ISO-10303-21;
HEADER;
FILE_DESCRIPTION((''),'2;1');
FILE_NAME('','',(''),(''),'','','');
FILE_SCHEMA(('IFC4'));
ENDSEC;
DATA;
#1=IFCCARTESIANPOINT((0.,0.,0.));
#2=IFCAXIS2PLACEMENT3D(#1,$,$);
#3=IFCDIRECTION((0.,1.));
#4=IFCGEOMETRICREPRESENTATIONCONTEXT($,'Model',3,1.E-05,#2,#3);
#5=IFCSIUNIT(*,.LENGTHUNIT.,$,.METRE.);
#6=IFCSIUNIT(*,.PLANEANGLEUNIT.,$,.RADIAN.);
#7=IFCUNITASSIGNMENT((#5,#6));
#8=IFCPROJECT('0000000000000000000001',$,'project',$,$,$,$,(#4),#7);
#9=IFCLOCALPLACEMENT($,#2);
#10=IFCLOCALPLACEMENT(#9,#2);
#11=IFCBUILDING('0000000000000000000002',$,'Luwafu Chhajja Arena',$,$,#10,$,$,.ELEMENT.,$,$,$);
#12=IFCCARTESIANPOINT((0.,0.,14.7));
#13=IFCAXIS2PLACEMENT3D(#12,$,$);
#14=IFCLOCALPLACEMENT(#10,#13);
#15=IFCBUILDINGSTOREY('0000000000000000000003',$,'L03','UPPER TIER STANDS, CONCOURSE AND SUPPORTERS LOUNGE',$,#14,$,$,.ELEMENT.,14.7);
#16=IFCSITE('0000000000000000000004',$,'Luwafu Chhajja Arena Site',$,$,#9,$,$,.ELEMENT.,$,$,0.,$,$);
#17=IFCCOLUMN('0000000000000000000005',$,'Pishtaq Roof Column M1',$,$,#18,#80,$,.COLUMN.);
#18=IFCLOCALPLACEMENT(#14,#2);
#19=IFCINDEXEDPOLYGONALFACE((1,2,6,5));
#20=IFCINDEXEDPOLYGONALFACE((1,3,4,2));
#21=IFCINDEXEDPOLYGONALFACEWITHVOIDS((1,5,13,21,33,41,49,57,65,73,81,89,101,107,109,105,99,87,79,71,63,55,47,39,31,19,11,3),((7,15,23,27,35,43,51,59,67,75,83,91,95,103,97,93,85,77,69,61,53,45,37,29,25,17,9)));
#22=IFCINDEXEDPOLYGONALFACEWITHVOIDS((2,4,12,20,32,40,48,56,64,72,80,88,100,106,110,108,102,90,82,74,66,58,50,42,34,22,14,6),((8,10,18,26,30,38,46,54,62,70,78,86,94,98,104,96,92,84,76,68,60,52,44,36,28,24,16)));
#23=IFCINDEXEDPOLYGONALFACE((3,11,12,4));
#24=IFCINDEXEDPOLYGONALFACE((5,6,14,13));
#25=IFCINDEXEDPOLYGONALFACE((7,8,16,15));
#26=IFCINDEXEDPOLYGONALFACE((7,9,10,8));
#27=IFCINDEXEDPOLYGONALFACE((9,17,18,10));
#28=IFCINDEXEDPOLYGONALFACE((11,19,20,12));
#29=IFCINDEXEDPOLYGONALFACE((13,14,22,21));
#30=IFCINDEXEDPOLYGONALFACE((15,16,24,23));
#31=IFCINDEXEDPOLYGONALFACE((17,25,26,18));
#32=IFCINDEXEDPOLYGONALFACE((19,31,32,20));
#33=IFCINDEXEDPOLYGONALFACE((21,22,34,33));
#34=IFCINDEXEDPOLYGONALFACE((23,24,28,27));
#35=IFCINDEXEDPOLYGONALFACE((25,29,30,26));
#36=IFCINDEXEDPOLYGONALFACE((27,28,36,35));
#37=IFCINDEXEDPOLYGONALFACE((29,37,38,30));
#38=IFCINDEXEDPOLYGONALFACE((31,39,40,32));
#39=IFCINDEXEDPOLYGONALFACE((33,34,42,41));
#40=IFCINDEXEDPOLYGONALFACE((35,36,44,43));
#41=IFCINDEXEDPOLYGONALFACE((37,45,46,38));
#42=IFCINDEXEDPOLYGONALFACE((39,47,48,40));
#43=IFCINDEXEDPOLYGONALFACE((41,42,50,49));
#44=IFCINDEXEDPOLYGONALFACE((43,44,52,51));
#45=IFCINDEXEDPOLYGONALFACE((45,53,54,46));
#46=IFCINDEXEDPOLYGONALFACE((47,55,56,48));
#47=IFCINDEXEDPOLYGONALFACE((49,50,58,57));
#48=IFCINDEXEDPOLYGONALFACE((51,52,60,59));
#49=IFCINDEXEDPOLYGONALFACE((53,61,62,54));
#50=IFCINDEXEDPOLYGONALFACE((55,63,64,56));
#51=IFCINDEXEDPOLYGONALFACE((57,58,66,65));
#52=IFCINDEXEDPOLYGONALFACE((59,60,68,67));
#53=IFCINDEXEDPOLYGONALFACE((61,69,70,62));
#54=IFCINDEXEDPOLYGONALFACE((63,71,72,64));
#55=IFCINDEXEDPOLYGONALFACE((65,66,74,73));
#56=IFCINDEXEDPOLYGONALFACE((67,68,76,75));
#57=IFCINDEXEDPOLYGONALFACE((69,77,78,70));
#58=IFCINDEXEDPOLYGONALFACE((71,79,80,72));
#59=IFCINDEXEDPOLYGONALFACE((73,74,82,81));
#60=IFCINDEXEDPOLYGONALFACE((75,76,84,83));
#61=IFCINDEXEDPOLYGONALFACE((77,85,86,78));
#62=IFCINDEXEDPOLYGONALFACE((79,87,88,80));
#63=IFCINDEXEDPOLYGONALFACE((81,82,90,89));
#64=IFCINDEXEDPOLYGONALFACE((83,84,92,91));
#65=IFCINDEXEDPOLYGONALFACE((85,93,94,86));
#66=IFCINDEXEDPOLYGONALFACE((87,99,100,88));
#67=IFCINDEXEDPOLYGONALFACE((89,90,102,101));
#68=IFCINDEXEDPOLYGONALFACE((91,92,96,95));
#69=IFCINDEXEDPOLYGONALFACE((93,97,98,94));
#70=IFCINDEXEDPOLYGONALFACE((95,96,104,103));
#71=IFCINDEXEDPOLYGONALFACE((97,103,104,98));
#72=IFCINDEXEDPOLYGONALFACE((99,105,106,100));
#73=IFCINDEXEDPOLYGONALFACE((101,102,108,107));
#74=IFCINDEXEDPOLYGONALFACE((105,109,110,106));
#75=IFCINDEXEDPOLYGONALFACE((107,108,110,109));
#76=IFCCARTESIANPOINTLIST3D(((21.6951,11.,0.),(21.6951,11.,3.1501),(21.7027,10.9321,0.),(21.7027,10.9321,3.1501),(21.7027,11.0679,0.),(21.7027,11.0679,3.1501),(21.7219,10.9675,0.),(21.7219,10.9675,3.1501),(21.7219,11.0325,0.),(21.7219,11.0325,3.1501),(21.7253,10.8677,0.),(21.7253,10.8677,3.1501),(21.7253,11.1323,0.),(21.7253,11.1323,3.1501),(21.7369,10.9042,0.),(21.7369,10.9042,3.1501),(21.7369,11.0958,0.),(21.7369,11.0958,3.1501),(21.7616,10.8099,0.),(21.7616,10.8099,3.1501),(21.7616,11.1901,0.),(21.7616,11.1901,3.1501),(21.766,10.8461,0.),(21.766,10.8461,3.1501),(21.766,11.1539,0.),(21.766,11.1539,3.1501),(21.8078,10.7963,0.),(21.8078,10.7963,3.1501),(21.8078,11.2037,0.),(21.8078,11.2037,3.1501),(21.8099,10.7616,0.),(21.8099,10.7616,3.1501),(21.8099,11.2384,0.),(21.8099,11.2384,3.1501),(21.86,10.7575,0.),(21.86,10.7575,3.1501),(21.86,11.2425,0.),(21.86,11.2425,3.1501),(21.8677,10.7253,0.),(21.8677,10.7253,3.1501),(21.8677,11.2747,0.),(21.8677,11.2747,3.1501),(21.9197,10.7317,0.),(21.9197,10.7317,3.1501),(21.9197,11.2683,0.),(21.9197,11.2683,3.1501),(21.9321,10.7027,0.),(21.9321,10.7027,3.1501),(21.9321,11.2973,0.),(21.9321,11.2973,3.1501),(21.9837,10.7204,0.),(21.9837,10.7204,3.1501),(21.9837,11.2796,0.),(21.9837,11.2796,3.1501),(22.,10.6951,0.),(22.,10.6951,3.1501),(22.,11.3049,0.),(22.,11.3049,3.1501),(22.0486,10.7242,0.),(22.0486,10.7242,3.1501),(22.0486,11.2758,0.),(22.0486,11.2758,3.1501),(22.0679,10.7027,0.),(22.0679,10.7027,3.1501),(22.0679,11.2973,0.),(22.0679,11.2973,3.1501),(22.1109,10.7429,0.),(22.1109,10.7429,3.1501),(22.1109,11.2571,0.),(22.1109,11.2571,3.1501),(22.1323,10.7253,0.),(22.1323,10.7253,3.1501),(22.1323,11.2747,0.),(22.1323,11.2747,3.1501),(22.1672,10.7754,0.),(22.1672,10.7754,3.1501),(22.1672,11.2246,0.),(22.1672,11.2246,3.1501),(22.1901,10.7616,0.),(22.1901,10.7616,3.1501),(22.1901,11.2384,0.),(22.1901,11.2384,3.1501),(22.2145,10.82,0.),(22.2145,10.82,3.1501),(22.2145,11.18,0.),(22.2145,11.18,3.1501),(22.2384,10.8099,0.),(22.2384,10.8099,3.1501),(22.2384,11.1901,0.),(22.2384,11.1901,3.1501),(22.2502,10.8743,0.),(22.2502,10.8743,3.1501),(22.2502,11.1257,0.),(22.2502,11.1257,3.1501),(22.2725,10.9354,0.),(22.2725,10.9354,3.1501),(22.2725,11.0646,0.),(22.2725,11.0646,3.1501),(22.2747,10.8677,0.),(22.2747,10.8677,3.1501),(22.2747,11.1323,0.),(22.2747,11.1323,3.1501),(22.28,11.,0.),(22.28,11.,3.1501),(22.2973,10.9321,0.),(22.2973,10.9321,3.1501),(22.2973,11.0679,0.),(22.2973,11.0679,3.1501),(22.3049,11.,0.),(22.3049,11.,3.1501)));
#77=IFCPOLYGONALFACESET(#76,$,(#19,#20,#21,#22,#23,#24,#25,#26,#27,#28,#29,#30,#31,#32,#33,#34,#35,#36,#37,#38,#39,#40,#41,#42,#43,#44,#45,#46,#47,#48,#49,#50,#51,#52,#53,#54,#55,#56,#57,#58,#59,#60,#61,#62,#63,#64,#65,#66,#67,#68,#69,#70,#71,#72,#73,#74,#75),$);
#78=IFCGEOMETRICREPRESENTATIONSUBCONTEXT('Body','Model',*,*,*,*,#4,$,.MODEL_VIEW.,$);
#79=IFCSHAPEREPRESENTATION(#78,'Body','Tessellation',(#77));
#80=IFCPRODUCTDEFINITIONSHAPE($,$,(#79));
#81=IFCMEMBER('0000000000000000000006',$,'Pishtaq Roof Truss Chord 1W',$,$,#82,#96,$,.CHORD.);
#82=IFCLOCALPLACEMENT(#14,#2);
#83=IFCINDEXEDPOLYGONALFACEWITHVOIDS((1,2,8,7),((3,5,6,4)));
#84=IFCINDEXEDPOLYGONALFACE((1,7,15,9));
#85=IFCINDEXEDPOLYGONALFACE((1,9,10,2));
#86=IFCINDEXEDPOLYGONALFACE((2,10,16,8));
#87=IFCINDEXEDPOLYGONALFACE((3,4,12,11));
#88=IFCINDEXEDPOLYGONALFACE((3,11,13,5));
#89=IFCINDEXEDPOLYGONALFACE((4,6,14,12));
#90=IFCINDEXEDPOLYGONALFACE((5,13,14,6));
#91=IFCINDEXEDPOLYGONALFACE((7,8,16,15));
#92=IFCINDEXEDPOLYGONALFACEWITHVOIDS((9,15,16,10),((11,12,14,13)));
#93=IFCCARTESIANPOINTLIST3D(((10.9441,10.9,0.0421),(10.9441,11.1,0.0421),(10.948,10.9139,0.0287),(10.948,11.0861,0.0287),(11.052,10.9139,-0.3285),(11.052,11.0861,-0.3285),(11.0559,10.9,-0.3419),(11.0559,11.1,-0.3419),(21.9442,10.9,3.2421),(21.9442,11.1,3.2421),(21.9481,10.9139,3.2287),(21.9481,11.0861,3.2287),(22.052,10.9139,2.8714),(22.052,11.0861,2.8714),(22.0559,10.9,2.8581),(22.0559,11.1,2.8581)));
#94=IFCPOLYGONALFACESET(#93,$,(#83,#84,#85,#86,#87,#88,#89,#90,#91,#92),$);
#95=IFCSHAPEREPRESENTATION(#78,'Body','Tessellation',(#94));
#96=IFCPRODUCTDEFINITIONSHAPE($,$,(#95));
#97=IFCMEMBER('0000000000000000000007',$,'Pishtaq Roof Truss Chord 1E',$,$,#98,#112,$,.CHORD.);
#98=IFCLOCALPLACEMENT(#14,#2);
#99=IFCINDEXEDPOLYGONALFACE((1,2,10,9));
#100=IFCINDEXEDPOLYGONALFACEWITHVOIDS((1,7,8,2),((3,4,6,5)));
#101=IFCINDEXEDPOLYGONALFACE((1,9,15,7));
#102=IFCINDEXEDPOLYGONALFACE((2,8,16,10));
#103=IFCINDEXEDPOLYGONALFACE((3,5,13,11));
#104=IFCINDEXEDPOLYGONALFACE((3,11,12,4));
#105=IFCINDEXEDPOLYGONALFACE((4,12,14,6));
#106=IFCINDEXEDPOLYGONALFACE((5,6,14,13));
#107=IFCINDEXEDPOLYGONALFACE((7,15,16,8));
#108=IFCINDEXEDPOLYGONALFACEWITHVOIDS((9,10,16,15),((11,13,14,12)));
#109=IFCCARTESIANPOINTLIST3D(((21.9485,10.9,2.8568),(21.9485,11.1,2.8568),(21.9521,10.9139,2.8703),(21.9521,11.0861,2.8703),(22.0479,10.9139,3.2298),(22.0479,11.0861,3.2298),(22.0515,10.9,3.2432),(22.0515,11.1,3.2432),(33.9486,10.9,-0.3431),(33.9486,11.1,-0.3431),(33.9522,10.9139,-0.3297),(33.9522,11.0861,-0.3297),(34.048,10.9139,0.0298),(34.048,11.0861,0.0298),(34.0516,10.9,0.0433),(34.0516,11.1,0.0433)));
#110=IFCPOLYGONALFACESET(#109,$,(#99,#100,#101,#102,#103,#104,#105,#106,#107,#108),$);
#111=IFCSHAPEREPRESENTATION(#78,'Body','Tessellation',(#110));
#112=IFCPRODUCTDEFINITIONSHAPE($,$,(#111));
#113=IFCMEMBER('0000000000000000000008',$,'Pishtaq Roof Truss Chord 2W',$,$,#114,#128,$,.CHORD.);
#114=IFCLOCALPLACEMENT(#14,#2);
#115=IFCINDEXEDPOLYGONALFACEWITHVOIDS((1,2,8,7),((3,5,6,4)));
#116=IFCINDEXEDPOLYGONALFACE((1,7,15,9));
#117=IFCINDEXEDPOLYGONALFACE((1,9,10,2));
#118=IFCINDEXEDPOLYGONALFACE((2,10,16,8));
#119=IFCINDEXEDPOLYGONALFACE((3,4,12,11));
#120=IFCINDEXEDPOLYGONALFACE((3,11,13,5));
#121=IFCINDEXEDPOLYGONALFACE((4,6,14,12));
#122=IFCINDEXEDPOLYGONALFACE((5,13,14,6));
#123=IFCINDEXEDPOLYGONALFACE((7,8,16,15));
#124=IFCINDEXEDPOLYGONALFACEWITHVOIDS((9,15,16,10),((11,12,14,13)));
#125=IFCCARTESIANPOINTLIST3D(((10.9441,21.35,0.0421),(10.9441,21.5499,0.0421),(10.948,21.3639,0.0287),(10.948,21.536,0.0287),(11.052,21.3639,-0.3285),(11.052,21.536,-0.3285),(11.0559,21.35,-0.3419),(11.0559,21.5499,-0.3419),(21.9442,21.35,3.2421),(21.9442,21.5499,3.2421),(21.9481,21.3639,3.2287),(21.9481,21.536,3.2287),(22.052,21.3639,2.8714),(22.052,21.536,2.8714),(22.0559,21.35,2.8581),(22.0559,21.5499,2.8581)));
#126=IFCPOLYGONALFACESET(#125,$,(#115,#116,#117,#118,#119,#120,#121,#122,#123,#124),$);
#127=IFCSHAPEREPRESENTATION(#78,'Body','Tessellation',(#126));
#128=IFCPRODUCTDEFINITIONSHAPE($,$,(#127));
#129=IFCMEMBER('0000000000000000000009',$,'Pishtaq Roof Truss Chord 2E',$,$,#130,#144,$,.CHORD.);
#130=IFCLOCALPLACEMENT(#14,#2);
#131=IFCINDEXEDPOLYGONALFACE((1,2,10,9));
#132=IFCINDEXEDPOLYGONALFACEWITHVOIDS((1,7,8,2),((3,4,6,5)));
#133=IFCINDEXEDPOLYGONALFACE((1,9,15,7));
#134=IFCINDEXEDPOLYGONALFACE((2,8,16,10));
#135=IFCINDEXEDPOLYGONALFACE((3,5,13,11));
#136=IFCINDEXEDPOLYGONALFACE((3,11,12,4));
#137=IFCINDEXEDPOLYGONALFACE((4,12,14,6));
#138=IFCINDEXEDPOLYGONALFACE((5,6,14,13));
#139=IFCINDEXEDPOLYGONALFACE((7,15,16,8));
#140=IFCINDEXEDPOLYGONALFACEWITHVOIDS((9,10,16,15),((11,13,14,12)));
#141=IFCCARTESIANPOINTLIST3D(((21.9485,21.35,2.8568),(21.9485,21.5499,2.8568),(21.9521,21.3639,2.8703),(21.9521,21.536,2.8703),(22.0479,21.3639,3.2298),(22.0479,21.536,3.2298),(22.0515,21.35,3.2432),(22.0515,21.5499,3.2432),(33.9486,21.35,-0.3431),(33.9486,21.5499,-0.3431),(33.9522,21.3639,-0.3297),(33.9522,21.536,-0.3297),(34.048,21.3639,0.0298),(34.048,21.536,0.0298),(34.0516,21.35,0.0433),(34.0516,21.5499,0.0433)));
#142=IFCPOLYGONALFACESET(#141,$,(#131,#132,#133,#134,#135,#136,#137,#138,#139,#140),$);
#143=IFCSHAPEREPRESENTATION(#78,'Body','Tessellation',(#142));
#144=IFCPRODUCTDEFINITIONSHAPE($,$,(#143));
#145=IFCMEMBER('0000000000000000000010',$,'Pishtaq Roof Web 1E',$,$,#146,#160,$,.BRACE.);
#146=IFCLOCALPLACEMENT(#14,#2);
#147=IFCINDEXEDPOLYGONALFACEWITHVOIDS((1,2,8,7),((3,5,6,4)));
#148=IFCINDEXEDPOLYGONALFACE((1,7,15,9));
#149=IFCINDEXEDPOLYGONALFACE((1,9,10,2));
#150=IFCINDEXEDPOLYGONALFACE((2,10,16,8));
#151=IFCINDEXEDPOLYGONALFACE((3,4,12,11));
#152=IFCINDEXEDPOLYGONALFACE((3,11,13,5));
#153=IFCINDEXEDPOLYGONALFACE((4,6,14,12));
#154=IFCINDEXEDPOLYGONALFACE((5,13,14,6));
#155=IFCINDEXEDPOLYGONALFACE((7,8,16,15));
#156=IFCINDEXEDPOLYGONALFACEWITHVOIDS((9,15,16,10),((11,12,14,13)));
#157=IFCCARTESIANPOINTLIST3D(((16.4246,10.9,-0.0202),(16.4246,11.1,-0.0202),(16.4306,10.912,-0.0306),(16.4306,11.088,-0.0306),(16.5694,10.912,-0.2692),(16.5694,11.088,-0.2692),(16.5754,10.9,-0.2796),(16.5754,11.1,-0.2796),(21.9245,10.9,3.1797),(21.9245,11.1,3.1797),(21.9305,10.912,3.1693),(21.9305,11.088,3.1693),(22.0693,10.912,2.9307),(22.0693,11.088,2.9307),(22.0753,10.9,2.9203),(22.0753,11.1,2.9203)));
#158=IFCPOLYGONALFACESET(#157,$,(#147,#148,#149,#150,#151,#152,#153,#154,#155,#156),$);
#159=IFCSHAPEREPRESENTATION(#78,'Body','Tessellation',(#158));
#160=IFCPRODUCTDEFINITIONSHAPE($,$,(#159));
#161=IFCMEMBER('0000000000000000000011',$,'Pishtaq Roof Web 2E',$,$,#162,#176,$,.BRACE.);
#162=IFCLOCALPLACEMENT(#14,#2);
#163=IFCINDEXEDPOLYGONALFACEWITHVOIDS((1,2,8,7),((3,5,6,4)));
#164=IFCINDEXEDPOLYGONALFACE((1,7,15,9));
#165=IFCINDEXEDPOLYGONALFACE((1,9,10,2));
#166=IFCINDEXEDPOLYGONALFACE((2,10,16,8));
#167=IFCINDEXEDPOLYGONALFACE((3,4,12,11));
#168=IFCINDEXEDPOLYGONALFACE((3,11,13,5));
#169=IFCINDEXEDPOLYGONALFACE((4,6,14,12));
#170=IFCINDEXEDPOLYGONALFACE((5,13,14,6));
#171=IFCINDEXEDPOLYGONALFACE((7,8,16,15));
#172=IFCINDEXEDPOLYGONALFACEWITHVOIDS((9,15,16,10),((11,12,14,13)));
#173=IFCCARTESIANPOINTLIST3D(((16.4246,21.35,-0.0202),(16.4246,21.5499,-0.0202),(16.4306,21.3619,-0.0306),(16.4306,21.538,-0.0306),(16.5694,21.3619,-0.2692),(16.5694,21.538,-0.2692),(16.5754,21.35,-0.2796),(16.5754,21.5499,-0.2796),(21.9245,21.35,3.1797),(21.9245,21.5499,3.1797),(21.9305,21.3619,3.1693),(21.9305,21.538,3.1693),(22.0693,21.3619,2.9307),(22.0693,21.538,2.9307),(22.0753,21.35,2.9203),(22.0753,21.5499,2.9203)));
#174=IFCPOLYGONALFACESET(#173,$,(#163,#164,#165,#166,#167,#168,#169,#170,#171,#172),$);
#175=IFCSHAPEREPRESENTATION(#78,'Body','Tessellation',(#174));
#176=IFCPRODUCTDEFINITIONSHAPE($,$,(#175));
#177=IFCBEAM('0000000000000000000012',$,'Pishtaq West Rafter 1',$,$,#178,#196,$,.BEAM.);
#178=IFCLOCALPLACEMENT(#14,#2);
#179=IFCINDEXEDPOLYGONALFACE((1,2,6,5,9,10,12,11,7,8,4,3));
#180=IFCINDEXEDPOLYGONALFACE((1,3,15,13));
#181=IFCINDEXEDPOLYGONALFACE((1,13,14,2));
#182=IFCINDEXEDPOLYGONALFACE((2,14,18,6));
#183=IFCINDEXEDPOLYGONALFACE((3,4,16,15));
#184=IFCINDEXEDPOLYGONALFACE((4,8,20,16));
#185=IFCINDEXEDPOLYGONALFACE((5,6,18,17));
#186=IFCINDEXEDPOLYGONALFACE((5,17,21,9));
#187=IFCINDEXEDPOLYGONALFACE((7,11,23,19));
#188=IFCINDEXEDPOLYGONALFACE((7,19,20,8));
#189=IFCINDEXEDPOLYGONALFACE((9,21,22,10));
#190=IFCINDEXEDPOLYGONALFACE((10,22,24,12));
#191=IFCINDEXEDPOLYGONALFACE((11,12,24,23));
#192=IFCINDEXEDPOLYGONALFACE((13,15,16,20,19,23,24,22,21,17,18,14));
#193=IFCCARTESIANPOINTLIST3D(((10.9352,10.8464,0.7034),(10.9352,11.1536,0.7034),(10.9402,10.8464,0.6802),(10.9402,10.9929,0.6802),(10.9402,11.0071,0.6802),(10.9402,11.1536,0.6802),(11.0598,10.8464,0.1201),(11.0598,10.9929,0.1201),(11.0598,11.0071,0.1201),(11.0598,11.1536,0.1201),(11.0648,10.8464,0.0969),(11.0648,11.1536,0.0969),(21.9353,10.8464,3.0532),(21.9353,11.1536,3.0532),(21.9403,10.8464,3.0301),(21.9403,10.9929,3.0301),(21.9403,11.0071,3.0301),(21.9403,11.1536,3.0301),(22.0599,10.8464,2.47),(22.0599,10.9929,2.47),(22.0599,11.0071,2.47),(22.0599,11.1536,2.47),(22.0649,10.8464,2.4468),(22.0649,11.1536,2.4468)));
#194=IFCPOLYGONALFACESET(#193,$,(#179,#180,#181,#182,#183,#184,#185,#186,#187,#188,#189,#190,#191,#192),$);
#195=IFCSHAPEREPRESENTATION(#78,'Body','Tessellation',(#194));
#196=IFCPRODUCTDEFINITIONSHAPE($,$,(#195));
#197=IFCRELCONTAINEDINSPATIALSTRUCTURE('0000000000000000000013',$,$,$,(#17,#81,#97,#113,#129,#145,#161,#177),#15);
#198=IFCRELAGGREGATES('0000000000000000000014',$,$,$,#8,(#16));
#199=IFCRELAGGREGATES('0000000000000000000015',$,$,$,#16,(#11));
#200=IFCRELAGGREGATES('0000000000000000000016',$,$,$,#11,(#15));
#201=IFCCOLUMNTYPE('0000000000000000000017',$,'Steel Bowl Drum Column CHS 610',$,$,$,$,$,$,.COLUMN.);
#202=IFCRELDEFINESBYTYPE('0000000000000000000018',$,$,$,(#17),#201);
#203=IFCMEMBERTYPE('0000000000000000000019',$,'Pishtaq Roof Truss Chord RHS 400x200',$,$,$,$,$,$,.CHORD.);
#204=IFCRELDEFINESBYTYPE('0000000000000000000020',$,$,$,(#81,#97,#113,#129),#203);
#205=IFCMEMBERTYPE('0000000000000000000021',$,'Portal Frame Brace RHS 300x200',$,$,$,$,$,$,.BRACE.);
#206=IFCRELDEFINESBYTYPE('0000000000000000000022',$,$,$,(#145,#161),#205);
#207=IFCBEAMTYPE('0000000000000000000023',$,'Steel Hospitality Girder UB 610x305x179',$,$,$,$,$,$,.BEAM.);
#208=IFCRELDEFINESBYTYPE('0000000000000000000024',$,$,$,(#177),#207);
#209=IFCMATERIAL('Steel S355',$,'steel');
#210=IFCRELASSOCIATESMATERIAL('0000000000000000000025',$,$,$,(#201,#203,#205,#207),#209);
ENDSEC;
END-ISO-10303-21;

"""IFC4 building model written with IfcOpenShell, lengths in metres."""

from ifc_helpers import new_model, si_unit, direction, frame, origin, origin_2d, place, context, subcontext, project, spatial, hollow_rectangle, hollow_circle, i_section, extrude, material, material_profile, profile_set, type_object, element, save


model = new_model("IFC4")

# Units and contexts
model_context = context("Model", 3, precision=1e-05, world=origin(), true_north=direction((0.0, 1.0)))
body_context = subcontext(model_context, "Body", "Model", "MODEL_VIEW")
ifc_project = project(units=[si_unit("LENGTHUNIT", "METRE"), si_unit("PLANEANGLEUNIT", "RADIAN")], contexts=[model_context])

# Site, building, storey
site_placement = place(None, origin())
site = spatial("IfcSite", under=ifc_project, at=site_placement, Name="Luwafu Chhajja Arena Site", CompositionType="ELEMENT", RefElevation=0.0)
building_placement = place(site_placement, origin())
building = spatial("IfcBuilding", under=site, at=building_placement, Name="Luwafu Chhajja Arena", CompositionType="ELEMENT")
storey_placement = place(building_placement, frame((0.0, 0.0, 14.7)))
storey = spatial("IfcBuildingStorey", under=building, at=storey_placement, Name="L03", Description="UPPER TIER STANDS, CONCOURSE AND SUPPORTERS LOUNGE", CompositionType="ELEMENT", Elevation=14.7)

# Column
ifc_material_1 = material(Name="Steel S355", Category="steel")
ifc_material_profile_1 = material_profile(ifc_material_1, hollow_circle(Radius=0.3049, WallThickness=0.0249, at=origin_2d()), Name="CHS 610x25")
ifc_profile_set_1 = profile_set([ifc_material_profile_1], Name="Steel S355")
column_type = type_object("IfcColumnType", Name="Steel Bowl Drum Column CHS 610", PredefinedType="COLUMN", material=ifc_profile_set_1)
column_placement = place(storey_placement, frame((22.0, 11.0, 0.0), z_axis=(0.0, 0.0, 1.0), x_axis=(1.0, 0.0, 0.0)))
element("IfcColumn", 1, at=column_placement, inside=storey, type_object=column_type, Name="Pishtaq Roof Column M1", PredefinedType="COLUMN", context=body_context, shape_type="SweptSolid", body=[
    extrude(hollow_circle(Radius=0.3049, WallThickness=0.0249, at=origin_2d()), origin(), (0.0, 0.0, 1.0), 3.1501),
])

# Members
ifc_material_profile_2 = material_profile(ifc_material_1, hollow_rectangle(XDim=0.2, YDim=0.3999, WallThickness=0.0139, at=origin_2d()), Name="RHS 400x200x14")
ifc_profile_set_2 = profile_set([ifc_material_profile_2], Name="Steel S355")
member_type_1 = type_object("IfcMemberType", Name="Pishtaq Roof Truss Chord RHS 400x200", PredefinedType="CHORD", material=ifc_profile_set_2)
member_1_placement = place(storey_placement, frame((11.0, 11.0, -0.1499), z_axis=(0.960196, 0.0, 0.279326), x_axis=(0.0, 1.0, 0.0)))
element("IfcMember", 2, at=member_1_placement, inside=storey, type_object=member_type_1, Name="Pishtaq Roof Truss Chord 1W", PredefinedType="CHORD", context=body_context, shape_type="SweptSolid", body=[
    extrude(hollow_rectangle(XDim=0.2, YDim=0.3999, WallThickness=0.0139, at=origin_2d()), origin(), (0.0, 0.0, 1.0), 11.4561),
])
member_2_placement = place(storey_placement, frame((22.0, 11.0, 3.05), z_axis=(0.966236, 0.0, -0.257659), x_axis=(0.0, 1.0, 0.0)))
element("IfcMember", 3, at=member_2_placement, inside=storey, type_object=member_type_1, Name="Pishtaq Roof Truss Chord 1E", PredefinedType="CHORD", context=body_context, shape_type="SweptSolid", body=[
    extrude(hollow_rectangle(XDim=0.2, YDim=0.3999, WallThickness=0.0139, at=origin_2d()), origin(), (0.0, 0.0, 1.0), 12.4194),
])
member_3_placement = place(storey_placement, frame((11.0, 21.45, -0.1499), z_axis=(0.960196, 0.0, 0.279326), x_axis=(0.0, 1.0, 0.0)))
element("IfcMember", 4, at=member_3_placement, inside=storey, type_object=member_type_1, Name="Pishtaq Roof Truss Chord 2W", PredefinedType="CHORD", context=body_context, shape_type="SweptSolid", body=[
    extrude(hollow_rectangle(XDim=0.2, YDim=0.3999, WallThickness=0.0139, at=origin_2d()), origin(), (0.0, 0.0, 1.0), 11.4561),
])
member_4_placement = place(storey_placement, frame((22.0, 21.45, 3.05), z_axis=(0.966236, 0.0, -0.257659), x_axis=(0.0, 1.0, 0.0)))
element("IfcMember", 5, at=member_4_placement, inside=storey, type_object=member_type_1, Name="Pishtaq Roof Truss Chord 2E", PredefinedType="CHORD", context=body_context, shape_type="SweptSolid", body=[
    extrude(hollow_rectangle(XDim=0.2, YDim=0.3999, WallThickness=0.0139, at=origin_2d()), origin(), (0.0, 0.0, 1.0), 12.4194),
])
ifc_material_profile_3 = material_profile(ifc_material_1, hollow_rectangle(XDim=0.2, YDim=0.3, WallThickness=0.012, at=origin_2d()), Name="RHS 300x200x12")
ifc_profile_set_3 = profile_set([ifc_material_profile_3], Name="Steel S355")
member_type_2 = type_object("IfcMemberType", Name="Portal Frame Brace RHS 300x200", PredefinedType="BRACE", material=ifc_profile_set_3)
for number, where, z_axis, x_axis, name in (
    (6, (16.5, 11.0, -0.1499), (0.864352, 0.0, 0.502888), (0.0, 1.0, 0.0), "Pishtaq Roof Web 1E"),
    (7, (16.5, 21.45, -0.1499), (0.864352, 0.0, 0.502888), (0.0, 1.0, 0.0), "Pishtaq Roof Web 2E"),
):
    element("IfcMember", number, at=place(storey_placement, frame(where, z_axis=z_axis, x_axis=x_axis)), inside=storey, type_object=member_type_2, Name=name, PredefinedType="BRACE", context=body_context, shape_type="SweptSolid", body=[
        extrude(hollow_rectangle(XDim=0.2, YDim=0.3, WallThickness=0.012, at=origin_2d()), origin(), (0.0, 0.0, 1.0), 6.363),
    ])

# Beam
ifc_material_profile_4 = material_profile(ifc_material_1, i_section(OverallWidth=0.3071, OverallDepth=0.6201, WebThickness=0.0142, FlangeThickness=0.0237, at=origin_2d()), Name="UB 610x305x179")
ifc_profile_set_4 = profile_set([ifc_material_profile_4], Name="Steel S355")
beam_type = type_object("IfcBeamType", Name="Steel Hospitality Girder UB 610x305x179", PredefinedType="BEAM", material=ifc_profile_set_4)
beam_1_placement = place(storey_placement, frame((11.0, 11.0, 0.4001), z_axis=(0.977935, 0.0, 0.208909), x_axis=(0.0, 1.0, 0.0)))
element("IfcBeam", 8, at=beam_1_placement, inside=storey, type_object=beam_type, Name="Pishtaq West Rafter 1", PredefinedType="BEAM", context=body_context, shape_type="SweptSolid", body=[
    extrude(i_section(OverallWidth=0.3071, OverallDepth=0.6201, WebThickness=0.0142, FlangeThickness=0.0237, at=origin_2d()), origin(), (0.0, 0.0, 1.0), 11.2483),
])

save(model, "model.ifc")
